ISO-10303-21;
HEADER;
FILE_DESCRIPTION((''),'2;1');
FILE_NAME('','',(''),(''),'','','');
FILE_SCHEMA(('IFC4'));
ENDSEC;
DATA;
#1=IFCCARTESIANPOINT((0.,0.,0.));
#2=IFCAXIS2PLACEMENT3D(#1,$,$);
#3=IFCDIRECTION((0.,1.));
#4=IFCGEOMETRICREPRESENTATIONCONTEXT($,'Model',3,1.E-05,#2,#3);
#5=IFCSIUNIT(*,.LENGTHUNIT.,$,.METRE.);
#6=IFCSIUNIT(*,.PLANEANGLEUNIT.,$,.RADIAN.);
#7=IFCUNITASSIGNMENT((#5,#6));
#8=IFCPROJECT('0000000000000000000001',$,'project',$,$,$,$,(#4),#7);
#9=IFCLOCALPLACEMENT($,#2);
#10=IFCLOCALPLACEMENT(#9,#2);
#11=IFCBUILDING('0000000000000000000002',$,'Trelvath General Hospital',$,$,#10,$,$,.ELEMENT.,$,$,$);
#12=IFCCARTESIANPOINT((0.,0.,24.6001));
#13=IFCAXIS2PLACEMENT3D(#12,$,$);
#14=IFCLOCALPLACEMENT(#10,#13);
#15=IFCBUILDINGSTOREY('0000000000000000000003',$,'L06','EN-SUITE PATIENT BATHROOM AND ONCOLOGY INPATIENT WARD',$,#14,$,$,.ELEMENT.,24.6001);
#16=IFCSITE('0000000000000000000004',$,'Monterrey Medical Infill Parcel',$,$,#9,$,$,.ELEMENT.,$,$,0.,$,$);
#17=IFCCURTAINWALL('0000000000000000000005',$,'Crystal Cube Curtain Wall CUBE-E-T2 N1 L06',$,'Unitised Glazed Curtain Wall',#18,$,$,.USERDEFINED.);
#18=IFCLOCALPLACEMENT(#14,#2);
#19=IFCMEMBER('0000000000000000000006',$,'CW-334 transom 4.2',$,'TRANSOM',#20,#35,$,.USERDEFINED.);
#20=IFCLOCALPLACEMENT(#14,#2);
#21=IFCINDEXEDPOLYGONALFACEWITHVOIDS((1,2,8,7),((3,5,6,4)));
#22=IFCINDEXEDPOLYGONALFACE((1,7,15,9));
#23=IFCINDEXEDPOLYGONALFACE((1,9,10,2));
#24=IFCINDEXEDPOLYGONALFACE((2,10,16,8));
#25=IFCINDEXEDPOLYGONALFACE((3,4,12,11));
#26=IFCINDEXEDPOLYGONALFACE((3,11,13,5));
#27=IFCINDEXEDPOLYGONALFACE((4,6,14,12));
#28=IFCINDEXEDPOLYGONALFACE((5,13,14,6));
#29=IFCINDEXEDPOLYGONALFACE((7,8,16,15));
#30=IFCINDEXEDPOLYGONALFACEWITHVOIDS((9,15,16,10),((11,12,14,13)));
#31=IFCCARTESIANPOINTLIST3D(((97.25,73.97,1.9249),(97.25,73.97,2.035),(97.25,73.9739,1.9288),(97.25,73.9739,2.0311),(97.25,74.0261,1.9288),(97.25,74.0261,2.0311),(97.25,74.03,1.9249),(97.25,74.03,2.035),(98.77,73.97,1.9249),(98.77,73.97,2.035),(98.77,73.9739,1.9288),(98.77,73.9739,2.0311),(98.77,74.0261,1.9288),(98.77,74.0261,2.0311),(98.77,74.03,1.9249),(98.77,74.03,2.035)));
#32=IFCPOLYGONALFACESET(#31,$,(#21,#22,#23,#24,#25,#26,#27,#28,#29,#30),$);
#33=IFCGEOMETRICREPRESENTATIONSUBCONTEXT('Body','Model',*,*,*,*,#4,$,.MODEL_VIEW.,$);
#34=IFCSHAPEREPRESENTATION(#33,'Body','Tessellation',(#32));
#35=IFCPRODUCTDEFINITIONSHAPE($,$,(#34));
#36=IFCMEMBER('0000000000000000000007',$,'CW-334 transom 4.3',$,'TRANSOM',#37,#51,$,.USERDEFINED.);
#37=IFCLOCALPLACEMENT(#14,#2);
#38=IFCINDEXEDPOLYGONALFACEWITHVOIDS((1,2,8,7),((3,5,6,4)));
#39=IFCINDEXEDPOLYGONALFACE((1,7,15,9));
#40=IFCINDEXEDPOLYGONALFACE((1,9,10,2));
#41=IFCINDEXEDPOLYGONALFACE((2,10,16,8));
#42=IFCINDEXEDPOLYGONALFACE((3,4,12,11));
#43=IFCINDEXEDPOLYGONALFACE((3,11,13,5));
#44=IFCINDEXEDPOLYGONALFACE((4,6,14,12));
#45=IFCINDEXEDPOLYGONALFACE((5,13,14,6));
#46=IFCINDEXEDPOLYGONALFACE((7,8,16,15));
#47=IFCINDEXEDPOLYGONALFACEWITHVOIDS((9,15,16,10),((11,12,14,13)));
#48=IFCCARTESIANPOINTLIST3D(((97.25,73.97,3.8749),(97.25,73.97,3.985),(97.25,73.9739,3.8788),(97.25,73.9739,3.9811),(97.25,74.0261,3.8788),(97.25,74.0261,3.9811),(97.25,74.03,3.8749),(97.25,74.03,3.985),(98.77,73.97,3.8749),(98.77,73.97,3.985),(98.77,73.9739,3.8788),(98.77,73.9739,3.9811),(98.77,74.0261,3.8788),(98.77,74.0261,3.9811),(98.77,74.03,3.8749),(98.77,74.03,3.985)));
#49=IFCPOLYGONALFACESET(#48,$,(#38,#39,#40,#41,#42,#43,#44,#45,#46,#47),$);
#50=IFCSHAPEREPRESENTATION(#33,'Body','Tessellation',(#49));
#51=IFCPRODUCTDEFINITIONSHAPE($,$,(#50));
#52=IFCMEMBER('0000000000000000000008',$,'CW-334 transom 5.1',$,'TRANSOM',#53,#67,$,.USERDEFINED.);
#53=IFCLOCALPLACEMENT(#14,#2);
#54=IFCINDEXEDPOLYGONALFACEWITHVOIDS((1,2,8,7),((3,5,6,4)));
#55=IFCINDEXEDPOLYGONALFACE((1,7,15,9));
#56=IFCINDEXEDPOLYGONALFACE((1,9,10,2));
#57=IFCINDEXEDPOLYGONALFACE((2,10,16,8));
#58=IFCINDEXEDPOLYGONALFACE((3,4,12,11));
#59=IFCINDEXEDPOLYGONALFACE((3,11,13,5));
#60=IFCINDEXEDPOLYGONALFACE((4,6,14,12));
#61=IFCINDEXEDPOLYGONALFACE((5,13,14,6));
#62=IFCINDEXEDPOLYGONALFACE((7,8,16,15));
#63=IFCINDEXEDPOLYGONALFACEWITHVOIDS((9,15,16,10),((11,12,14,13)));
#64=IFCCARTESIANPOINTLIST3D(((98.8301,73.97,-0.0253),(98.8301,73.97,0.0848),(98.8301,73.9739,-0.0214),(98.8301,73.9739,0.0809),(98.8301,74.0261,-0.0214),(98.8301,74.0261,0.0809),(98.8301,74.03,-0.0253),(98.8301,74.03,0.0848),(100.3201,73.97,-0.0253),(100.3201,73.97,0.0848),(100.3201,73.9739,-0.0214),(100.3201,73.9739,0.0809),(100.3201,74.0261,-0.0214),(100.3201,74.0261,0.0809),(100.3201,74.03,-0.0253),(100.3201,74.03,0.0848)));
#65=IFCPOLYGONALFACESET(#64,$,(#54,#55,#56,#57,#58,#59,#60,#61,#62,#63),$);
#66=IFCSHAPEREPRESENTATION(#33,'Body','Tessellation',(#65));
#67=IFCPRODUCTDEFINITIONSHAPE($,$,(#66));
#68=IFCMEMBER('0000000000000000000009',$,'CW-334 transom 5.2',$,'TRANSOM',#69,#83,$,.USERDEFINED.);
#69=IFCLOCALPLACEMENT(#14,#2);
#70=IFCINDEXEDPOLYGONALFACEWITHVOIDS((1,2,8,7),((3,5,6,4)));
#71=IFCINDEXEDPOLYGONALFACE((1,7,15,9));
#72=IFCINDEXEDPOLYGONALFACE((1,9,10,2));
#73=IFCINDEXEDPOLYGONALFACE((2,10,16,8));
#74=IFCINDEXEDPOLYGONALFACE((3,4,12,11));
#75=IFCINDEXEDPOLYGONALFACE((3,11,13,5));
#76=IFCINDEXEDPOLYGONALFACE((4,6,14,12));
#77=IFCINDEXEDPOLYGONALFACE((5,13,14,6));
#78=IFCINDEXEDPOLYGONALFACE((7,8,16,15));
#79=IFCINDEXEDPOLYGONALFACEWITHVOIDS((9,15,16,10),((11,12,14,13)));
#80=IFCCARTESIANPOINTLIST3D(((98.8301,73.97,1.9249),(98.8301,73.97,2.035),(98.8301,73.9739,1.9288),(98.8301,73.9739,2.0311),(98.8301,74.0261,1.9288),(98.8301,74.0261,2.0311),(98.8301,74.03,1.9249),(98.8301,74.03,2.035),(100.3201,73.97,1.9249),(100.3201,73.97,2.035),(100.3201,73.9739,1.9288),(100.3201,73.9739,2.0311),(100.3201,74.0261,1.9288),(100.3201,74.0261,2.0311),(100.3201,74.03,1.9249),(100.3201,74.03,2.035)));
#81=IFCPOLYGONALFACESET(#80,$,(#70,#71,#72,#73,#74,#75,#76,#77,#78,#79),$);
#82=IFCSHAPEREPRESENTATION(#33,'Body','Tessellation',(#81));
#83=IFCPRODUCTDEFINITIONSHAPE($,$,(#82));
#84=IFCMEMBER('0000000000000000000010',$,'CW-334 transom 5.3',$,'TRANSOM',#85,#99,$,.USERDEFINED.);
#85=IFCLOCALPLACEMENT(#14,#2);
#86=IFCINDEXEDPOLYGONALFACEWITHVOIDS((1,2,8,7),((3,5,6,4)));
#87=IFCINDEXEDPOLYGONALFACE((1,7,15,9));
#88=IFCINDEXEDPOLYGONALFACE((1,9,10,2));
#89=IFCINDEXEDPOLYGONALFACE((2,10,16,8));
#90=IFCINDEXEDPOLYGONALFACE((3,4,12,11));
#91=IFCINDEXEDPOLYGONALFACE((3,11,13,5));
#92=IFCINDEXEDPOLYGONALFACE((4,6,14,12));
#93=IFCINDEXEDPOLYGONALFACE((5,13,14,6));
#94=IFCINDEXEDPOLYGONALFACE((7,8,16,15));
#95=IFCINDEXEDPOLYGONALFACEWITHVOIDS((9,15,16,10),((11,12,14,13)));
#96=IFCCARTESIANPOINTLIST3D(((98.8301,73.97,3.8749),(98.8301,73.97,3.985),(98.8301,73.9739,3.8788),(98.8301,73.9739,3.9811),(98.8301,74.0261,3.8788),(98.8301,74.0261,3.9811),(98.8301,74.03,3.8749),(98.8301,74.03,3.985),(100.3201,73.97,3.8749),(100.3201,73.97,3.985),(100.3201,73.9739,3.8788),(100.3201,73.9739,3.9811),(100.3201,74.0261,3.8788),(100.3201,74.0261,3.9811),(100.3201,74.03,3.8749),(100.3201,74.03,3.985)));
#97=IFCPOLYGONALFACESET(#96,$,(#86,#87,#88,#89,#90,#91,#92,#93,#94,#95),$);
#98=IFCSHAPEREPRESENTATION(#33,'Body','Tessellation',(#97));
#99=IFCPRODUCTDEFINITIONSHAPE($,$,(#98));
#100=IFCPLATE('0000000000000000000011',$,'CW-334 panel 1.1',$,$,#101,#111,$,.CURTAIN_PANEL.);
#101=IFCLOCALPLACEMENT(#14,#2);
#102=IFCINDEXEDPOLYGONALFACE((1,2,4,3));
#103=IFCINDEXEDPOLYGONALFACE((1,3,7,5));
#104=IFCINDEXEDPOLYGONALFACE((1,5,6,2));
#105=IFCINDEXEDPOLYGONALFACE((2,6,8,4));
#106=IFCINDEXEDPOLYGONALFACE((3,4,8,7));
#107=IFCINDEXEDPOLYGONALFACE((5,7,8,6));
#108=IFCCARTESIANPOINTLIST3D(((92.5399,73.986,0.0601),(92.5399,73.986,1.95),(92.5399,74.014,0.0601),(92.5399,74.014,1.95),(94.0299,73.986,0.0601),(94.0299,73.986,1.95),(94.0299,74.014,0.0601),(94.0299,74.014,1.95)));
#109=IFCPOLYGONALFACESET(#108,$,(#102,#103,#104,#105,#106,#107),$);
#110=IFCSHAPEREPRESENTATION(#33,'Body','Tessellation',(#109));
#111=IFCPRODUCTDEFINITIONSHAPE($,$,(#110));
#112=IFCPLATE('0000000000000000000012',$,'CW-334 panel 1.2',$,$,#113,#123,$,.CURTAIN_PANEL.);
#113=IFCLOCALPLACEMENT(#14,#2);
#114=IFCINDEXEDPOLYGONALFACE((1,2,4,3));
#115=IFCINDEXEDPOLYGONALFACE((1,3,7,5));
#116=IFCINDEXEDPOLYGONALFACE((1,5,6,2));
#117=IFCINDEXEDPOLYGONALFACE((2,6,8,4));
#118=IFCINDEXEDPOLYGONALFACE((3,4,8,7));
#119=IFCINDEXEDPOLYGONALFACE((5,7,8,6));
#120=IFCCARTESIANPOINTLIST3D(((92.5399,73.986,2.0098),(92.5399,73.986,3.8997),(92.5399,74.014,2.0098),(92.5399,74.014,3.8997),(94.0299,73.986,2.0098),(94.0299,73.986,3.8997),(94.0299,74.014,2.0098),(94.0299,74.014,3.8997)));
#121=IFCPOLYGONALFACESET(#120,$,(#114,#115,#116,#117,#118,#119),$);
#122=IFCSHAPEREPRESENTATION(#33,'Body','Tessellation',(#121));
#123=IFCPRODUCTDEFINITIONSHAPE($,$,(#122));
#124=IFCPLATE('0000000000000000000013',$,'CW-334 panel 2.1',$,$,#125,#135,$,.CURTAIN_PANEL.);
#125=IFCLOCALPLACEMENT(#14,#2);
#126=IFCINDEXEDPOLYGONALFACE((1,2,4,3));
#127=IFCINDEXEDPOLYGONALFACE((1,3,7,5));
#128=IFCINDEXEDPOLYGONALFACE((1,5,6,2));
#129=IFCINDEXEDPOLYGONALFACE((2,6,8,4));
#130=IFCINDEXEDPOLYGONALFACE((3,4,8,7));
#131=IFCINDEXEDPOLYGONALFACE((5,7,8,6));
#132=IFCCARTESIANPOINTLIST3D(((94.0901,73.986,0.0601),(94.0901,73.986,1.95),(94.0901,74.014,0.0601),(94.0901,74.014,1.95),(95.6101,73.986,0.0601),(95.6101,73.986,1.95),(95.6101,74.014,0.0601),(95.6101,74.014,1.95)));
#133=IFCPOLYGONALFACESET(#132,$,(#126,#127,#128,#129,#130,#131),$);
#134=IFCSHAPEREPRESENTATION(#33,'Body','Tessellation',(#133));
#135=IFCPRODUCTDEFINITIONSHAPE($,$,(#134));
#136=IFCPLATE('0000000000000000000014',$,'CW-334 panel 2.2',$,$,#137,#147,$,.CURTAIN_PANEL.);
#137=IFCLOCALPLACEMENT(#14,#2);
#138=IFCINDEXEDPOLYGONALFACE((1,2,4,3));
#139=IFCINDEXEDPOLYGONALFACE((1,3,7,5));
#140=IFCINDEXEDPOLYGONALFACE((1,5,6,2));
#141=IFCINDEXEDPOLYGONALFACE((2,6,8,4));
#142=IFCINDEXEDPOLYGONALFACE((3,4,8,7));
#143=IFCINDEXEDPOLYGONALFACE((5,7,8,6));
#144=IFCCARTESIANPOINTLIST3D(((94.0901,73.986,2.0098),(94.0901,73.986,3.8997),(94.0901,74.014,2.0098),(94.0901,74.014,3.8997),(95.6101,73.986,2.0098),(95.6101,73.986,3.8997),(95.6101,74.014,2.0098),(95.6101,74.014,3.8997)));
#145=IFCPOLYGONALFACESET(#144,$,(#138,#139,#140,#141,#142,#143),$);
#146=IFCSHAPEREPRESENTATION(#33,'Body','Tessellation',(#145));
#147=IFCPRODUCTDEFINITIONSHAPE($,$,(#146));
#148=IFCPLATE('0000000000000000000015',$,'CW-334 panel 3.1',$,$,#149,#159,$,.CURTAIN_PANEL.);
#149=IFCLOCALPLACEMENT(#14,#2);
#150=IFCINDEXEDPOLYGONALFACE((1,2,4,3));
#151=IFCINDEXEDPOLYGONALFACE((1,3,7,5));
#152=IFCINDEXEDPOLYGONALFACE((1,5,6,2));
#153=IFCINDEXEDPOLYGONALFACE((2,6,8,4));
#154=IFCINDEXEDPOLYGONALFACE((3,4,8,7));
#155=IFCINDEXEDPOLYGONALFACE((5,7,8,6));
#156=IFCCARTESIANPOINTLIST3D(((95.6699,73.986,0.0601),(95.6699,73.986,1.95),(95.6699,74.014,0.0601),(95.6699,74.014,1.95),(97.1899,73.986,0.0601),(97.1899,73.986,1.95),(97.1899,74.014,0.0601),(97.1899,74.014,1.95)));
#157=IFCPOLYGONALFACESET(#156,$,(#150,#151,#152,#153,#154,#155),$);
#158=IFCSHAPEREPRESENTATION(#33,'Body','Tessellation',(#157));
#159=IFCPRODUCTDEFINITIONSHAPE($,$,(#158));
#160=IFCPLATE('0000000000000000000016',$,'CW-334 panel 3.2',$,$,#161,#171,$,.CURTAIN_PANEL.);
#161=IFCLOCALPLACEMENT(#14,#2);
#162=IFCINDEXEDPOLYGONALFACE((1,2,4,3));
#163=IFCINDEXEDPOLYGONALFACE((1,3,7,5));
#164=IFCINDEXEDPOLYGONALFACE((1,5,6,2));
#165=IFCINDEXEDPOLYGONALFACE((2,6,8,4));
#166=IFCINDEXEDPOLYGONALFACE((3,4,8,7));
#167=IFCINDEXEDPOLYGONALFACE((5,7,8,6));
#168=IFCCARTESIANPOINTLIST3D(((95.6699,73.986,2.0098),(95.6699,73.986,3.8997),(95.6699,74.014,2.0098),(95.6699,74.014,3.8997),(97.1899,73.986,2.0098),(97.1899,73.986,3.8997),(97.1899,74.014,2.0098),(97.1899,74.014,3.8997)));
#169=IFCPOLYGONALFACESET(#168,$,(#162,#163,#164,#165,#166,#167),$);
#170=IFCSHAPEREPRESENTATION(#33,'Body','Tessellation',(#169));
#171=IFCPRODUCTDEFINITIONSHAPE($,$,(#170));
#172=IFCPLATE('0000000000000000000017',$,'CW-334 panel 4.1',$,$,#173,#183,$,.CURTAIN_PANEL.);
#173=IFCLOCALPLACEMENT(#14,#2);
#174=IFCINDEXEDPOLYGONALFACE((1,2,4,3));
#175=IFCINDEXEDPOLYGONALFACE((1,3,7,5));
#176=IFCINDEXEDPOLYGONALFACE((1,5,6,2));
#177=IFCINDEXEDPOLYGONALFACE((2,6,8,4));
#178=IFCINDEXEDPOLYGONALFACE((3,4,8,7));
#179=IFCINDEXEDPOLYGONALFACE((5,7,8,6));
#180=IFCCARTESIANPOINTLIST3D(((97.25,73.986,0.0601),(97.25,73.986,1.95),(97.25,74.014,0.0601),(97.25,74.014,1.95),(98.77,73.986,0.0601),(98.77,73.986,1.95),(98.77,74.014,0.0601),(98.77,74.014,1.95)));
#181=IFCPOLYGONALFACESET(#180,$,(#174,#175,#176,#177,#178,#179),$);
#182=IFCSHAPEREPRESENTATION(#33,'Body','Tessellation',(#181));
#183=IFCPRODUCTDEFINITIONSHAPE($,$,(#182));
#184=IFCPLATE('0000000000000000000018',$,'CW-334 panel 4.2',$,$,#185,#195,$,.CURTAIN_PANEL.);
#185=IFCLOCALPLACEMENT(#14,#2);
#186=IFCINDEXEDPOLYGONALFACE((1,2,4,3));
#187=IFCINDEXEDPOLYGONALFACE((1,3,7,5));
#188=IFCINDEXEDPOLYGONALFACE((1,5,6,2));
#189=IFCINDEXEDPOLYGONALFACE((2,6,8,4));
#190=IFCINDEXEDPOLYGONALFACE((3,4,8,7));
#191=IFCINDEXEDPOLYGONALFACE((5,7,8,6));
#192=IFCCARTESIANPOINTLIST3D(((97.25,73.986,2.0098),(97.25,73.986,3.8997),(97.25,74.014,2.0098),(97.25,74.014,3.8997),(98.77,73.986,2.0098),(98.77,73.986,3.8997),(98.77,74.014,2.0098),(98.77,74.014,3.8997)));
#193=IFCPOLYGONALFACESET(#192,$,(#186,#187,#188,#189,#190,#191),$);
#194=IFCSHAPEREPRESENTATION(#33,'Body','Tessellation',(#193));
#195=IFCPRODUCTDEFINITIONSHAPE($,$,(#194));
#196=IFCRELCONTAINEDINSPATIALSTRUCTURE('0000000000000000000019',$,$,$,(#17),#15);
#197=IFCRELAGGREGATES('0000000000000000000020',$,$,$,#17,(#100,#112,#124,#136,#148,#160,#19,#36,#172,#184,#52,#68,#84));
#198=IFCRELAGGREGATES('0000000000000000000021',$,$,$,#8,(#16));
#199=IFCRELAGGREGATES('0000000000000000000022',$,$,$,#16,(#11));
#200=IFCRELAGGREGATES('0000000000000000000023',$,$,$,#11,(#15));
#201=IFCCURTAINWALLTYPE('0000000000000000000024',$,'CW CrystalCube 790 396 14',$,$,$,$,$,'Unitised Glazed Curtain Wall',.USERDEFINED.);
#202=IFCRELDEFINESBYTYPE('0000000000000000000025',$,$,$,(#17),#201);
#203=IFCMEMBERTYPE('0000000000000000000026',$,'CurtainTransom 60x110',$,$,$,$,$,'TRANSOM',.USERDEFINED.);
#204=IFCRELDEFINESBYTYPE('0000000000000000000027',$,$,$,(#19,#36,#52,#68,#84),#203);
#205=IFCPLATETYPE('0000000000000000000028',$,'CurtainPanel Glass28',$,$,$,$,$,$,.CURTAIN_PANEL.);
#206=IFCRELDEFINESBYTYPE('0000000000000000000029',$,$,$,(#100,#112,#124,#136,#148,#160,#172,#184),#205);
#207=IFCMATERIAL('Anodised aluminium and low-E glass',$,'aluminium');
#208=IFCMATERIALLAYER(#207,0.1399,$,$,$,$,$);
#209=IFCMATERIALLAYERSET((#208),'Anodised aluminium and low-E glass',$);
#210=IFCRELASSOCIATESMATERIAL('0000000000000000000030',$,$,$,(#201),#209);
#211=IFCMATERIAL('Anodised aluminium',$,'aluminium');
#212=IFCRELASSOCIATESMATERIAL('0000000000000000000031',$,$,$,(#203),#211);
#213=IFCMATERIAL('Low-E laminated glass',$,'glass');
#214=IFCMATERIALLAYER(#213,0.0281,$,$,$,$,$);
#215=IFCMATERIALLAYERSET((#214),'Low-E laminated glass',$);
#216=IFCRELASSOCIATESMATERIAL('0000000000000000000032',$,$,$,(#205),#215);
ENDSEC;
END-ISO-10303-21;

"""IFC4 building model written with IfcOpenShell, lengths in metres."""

from ifc_helpers import new_model, si_unit, direction, frame, origin, origin_2d, place, context, subcontext, project, spatial, rectangle, hollow_rectangle, extrude, material, layer, layer_set, material_profile, profile_set, type_object, element, aggregate, save


model = new_model("IFC4")

# Units and contexts
model_context = context("Model", 3, precision=1e-05, world=origin(), true_north=direction((0.0, 1.0)))
body_context = subcontext(model_context, "Body", "Model", "MODEL_VIEW")
ifc_project = project(units=[si_unit("LENGTHUNIT", "METRE"), si_unit("PLANEANGLEUNIT", "RADIAN")], contexts=[model_context])

# Site, building, storey
site_placement = place(None, origin())
site = spatial("IfcSite", under=ifc_project, at=site_placement, Name="Monterrey Medical Infill Parcel", CompositionType="ELEMENT", RefElevation=0.0)
building_placement = place(site_placement, origin())
building = spatial("IfcBuilding", under=site, at=building_placement, Name="Trelvath General Hospital", CompositionType="ELEMENT")
storey_placement = place(building_placement, frame((0.0, 0.0, 24.6001)))
storey = spatial("IfcBuildingStorey", under=building, at=storey_placement, Name="L06", Description="EN-SUITE PATIENT BATHROOM AND ONCOLOGY INPATIENT WARD", CompositionType="ELEMENT", Elevation=24.6001)

# Curtain wall, members, plates
ifc_material_1 = material(Name="Anodised aluminium and low-E glass", Category="aluminium")
ifc_layer_1 = layer(ifc_material_1, 0.1399)
ifc_layer_set_1 = layer_set([ifc_layer_1], Name="Anodised aluminium and low-E glass")
curtain_wall_type = type_object("IfcCurtainWallType", Name="CW CrystalCube 790 396 14", ElementType="Unitised Glazed Curtain Wall", PredefinedType="USERDEFINED", material=ifc_layer_set_1)
curtain_wall_placement = place(storey_placement, origin())
curtain_wall = element("IfcCurtainWall", 1, at=curtain_wall_placement, inside=storey, type_object=curtain_wall_type, Name="Crystal Cube Curtain Wall CUBE-E-T2 N1 L06", ObjectType="Unitised Glazed Curtain Wall", PredefinedType="USERDEFINED")
ifc_material_2 = material(Name="Anodised aluminium", Category="aluminium")
ifc_material_profile_1 = material_profile(ifc_material_2, hollow_rectangle(XDim=0.0601, YDim=0.1101, WallThickness=0.0039, at=origin_2d()), Name="RHS60x110x4")
ifc_profile_set_1 = profile_set([ifc_material_profile_1], Name="Anodised aluminium")
member_type_1 = type_object("IfcMemberType", Name="CurtainTransom 60x110", ElementType="TRANSOM", PredefinedType="USERDEFINED", material=ifc_profile_set_1)
member_1_placement = place(storey_placement, frame((97.25, 74.0, 1.98), z_axis=(1.0, 0.0, 0.0), x_axis=(0.0, 1.0, 0.0)))
member_1 = element("IfcMember", 2, at=member_1_placement, type_object=member_type_1, Name="CW-334 transom 4.2", ObjectType="TRANSOM", PredefinedType="USERDEFINED", context=body_context, shape_type="SweptSolid", body=[
    extrude(hollow_rectangle(XDim=0.0601, YDim=0.1101, WallThickness=0.0039, at=origin_2d()), origin(), (0.0, 0.0, 1.0), 1.52),
])
member_2_placement = place(storey_placement, frame((97.25, 74.0, 3.9299), z_axis=(1.0, 0.0, 0.0), x_axis=(0.0, 1.0, 0.0)))
member_2 = element("IfcMember", 3, at=member_2_placement, type_object=member_type_1, Name="CW-334 transom 4.3", ObjectType="TRANSOM", PredefinedType="USERDEFINED", context=body_context, shape_type="SweptSolid", body=[
    extrude(hollow_rectangle(XDim=0.0601, YDim=0.1101, WallThickness=0.0039, at=origin_2d()), origin(), (0.0, 0.0, 1.0), 1.52),
])
member_3_placement = place(storey_placement, frame((98.8301, 74.0, 0.0298), z_axis=(1.0, 0.0, 0.0), x_axis=(0.0, 1.0, 0.0)))
member_3 = element("IfcMember", 4, at=member_3_placement, type_object=member_type_1, Name="CW-334 transom 5.1", ObjectType="TRANSOM", PredefinedType="USERDEFINED", context=body_context, shape_type="SweptSolid", body=[
    extrude(hollow_rectangle(XDim=0.0601, YDim=0.1101, WallThickness=0.0039, at=origin_2d()), origin(), (0.0, 0.0, 1.0), 1.49),
])
member_4_placement = place(storey_placement, frame((98.8301, 74.0, 1.98), z_axis=(1.0, 0.0, 0.0), x_axis=(0.0, 1.0, 0.0)))
member_4 = element("IfcMember", 5, at=member_4_placement, type_object=member_type_1, Name="CW-334 transom 5.2", ObjectType="TRANSOM", PredefinedType="USERDEFINED", context=body_context, shape_type="SweptSolid", body=[
    extrude(hollow_rectangle(XDim=0.0601, YDim=0.1101, WallThickness=0.0039, at=origin_2d()), origin(), (0.0, 0.0, 1.0), 1.49),
])
member_5_placement = place(storey_placement, frame((98.8301, 74.0, 3.9299), z_axis=(1.0, 0.0, 0.0), x_axis=(0.0, 1.0, 0.0)))
member_5 = element("IfcMember", 6, at=member_5_placement, type_object=member_type_1, Name="CW-334 transom 5.3", ObjectType="TRANSOM", PredefinedType="USERDEFINED", context=body_context, shape_type="SweptSolid", body=[
    extrude(hollow_rectangle(XDim=0.0601, YDim=0.1101, WallThickness=0.0039, at=origin_2d()), origin(), (0.0, 0.0, 1.0), 1.49),
])
ifc_material_3 = material(Name="Low-E laminated glass", Category="glass")
ifc_layer_2 = layer(ifc_material_3, 0.0281)
ifc_layer_set_2 = layer_set([ifc_layer_2], Name="Low-E laminated glass")
plate_type = type_object("IfcPlateType", Name="CurtainPanel Glass28", PredefinedType="CURTAIN_PANEL", material=ifc_layer_set_2)
plate_1_placement = place(storey_placement, frame((93.2849, 74.0, 0.0601), z_axis=(0.0, 0.0, 1.0), x_axis=(1.0, 0.0, 0.0)))
plate_1 = element("IfcPlate", 7, at=plate_1_placement, type_object=plate_type, Name="CW-334 panel 1.1", PredefinedType="CURTAIN_PANEL", context=body_context, shape_type="SweptSolid", body=[
    extrude(rectangle(XDim=1.49, YDim=0.0281, at=origin_2d()), origin(), (0.0, 0.0, 1.0), 1.8899),
])
plate_2_placement = place(storey_placement, frame((93.2849, 74.0, 2.0098), z_axis=(0.0, 0.0, 1.0), x_axis=(1.0, 0.0, 0.0)))
plate_2 = element("IfcPlate", 8, at=plate_2_placement, type_object=plate_type, Name="CW-334 panel 1.2", PredefinedType="CURTAIN_PANEL", context=body_context, shape_type="SweptSolid", body=[
    extrude(rectangle(XDim=1.49, YDim=0.0281, at=origin_2d()), origin(), (0.0, 0.0, 1.0), 1.8899),
])
plate_3_placement = place(storey_placement, frame((94.8501, 74.0, 0.0601), z_axis=(0.0, 0.0, 1.0), x_axis=(1.0, 0.0, 0.0)))
plate_3 = element("IfcPlate", 9, at=plate_3_placement, type_object=plate_type, Name="CW-334 panel 2.1", PredefinedType="CURTAIN_PANEL", context=body_context, shape_type="SweptSolid", body=[
    extrude(rectangle(XDim=1.52, YDim=0.0281, at=origin_2d()), origin(), (0.0, 0.0, 1.0), 1.8899),
])
plate_4_placement = place(storey_placement, frame((94.8501, 74.0, 2.0098), z_axis=(0.0, 0.0, 1.0), x_axis=(1.0, 0.0, 0.0)))
plate_4 = element("IfcPlate", 10, at=plate_4_placement, type_object=plate_type, Name="CW-334 panel 2.2", PredefinedType="CURTAIN_PANEL", context=body_context, shape_type="SweptSolid", body=[
    extrude(rectangle(XDim=1.52, YDim=0.0281, at=origin_2d()), origin(), (0.0, 0.0, 1.0), 1.8899),
])
plate_5_placement = place(storey_placement, frame((96.4299, 74.0, 0.0601), z_axis=(0.0, 0.0, 1.0), x_axis=(1.0, 0.0, 0.0)))
plate_5 = element("IfcPlate", 11, at=plate_5_placement, type_object=plate_type, Name="CW-334 panel 3.1", PredefinedType="CURTAIN_PANEL", context=body_context, shape_type="SweptSolid", body=[
    extrude(rectangle(XDim=1.52, YDim=0.0281, at=origin_2d()), origin(), (0.0, 0.0, 1.0), 1.8899),
])
plate_6_placement = place(storey_placement, frame((96.4299, 74.0, 2.0098), z_axis=(0.0, 0.0, 1.0), x_axis=(1.0, 0.0, 0.0)))
plate_6 = element("IfcPlate", 12, at=plate_6_placement, type_object=plate_type, Name="CW-334 panel 3.2", PredefinedType="CURTAIN_PANEL", context=body_context, shape_type="SweptSolid", body=[
    extrude(rectangle(XDim=1.52, YDim=0.0281, at=origin_2d()), origin(), (0.0, 0.0, 1.0), 1.8899),
])
plate_7_placement = place(storey_placement, frame((98.01, 74.0, 0.0601), z_axis=(0.0, 0.0, 1.0), x_axis=(1.0, 0.0, 0.0)))
plate_7 = element("IfcPlate", 13, at=plate_7_placement, type_object=plate_type, Name="CW-334 panel 4.1", PredefinedType="CURTAIN_PANEL", context=body_context, shape_type="SweptSolid", body=[
    extrude(rectangle(XDim=1.52, YDim=0.0281, at=origin_2d()), origin(), (0.0, 0.0, 1.0), 1.8899),
])
plate_8_placement = place(storey_placement, frame((98.01, 74.0, 2.0098), z_axis=(0.0, 0.0, 1.0), x_axis=(1.0, 0.0, 0.0)))
plate_8 = element("IfcPlate", 14, at=plate_8_placement, type_object=plate_type, Name="CW-334 panel 4.2", PredefinedType="CURTAIN_PANEL", context=body_context, shape_type="SweptSolid", body=[
    extrude(rectangle(XDim=1.52, YDim=0.0281, at=origin_2d()), origin(), (0.0, 0.0, 1.0), 1.8899),
])
aggregate(curtain_wall, [plate_1, plate_2, plate_3, plate_4, plate_5, plate_6, member_1, member_2, plate_7, plate_8, member_3, member_4, member_5])

save(model, "model.ifc")
